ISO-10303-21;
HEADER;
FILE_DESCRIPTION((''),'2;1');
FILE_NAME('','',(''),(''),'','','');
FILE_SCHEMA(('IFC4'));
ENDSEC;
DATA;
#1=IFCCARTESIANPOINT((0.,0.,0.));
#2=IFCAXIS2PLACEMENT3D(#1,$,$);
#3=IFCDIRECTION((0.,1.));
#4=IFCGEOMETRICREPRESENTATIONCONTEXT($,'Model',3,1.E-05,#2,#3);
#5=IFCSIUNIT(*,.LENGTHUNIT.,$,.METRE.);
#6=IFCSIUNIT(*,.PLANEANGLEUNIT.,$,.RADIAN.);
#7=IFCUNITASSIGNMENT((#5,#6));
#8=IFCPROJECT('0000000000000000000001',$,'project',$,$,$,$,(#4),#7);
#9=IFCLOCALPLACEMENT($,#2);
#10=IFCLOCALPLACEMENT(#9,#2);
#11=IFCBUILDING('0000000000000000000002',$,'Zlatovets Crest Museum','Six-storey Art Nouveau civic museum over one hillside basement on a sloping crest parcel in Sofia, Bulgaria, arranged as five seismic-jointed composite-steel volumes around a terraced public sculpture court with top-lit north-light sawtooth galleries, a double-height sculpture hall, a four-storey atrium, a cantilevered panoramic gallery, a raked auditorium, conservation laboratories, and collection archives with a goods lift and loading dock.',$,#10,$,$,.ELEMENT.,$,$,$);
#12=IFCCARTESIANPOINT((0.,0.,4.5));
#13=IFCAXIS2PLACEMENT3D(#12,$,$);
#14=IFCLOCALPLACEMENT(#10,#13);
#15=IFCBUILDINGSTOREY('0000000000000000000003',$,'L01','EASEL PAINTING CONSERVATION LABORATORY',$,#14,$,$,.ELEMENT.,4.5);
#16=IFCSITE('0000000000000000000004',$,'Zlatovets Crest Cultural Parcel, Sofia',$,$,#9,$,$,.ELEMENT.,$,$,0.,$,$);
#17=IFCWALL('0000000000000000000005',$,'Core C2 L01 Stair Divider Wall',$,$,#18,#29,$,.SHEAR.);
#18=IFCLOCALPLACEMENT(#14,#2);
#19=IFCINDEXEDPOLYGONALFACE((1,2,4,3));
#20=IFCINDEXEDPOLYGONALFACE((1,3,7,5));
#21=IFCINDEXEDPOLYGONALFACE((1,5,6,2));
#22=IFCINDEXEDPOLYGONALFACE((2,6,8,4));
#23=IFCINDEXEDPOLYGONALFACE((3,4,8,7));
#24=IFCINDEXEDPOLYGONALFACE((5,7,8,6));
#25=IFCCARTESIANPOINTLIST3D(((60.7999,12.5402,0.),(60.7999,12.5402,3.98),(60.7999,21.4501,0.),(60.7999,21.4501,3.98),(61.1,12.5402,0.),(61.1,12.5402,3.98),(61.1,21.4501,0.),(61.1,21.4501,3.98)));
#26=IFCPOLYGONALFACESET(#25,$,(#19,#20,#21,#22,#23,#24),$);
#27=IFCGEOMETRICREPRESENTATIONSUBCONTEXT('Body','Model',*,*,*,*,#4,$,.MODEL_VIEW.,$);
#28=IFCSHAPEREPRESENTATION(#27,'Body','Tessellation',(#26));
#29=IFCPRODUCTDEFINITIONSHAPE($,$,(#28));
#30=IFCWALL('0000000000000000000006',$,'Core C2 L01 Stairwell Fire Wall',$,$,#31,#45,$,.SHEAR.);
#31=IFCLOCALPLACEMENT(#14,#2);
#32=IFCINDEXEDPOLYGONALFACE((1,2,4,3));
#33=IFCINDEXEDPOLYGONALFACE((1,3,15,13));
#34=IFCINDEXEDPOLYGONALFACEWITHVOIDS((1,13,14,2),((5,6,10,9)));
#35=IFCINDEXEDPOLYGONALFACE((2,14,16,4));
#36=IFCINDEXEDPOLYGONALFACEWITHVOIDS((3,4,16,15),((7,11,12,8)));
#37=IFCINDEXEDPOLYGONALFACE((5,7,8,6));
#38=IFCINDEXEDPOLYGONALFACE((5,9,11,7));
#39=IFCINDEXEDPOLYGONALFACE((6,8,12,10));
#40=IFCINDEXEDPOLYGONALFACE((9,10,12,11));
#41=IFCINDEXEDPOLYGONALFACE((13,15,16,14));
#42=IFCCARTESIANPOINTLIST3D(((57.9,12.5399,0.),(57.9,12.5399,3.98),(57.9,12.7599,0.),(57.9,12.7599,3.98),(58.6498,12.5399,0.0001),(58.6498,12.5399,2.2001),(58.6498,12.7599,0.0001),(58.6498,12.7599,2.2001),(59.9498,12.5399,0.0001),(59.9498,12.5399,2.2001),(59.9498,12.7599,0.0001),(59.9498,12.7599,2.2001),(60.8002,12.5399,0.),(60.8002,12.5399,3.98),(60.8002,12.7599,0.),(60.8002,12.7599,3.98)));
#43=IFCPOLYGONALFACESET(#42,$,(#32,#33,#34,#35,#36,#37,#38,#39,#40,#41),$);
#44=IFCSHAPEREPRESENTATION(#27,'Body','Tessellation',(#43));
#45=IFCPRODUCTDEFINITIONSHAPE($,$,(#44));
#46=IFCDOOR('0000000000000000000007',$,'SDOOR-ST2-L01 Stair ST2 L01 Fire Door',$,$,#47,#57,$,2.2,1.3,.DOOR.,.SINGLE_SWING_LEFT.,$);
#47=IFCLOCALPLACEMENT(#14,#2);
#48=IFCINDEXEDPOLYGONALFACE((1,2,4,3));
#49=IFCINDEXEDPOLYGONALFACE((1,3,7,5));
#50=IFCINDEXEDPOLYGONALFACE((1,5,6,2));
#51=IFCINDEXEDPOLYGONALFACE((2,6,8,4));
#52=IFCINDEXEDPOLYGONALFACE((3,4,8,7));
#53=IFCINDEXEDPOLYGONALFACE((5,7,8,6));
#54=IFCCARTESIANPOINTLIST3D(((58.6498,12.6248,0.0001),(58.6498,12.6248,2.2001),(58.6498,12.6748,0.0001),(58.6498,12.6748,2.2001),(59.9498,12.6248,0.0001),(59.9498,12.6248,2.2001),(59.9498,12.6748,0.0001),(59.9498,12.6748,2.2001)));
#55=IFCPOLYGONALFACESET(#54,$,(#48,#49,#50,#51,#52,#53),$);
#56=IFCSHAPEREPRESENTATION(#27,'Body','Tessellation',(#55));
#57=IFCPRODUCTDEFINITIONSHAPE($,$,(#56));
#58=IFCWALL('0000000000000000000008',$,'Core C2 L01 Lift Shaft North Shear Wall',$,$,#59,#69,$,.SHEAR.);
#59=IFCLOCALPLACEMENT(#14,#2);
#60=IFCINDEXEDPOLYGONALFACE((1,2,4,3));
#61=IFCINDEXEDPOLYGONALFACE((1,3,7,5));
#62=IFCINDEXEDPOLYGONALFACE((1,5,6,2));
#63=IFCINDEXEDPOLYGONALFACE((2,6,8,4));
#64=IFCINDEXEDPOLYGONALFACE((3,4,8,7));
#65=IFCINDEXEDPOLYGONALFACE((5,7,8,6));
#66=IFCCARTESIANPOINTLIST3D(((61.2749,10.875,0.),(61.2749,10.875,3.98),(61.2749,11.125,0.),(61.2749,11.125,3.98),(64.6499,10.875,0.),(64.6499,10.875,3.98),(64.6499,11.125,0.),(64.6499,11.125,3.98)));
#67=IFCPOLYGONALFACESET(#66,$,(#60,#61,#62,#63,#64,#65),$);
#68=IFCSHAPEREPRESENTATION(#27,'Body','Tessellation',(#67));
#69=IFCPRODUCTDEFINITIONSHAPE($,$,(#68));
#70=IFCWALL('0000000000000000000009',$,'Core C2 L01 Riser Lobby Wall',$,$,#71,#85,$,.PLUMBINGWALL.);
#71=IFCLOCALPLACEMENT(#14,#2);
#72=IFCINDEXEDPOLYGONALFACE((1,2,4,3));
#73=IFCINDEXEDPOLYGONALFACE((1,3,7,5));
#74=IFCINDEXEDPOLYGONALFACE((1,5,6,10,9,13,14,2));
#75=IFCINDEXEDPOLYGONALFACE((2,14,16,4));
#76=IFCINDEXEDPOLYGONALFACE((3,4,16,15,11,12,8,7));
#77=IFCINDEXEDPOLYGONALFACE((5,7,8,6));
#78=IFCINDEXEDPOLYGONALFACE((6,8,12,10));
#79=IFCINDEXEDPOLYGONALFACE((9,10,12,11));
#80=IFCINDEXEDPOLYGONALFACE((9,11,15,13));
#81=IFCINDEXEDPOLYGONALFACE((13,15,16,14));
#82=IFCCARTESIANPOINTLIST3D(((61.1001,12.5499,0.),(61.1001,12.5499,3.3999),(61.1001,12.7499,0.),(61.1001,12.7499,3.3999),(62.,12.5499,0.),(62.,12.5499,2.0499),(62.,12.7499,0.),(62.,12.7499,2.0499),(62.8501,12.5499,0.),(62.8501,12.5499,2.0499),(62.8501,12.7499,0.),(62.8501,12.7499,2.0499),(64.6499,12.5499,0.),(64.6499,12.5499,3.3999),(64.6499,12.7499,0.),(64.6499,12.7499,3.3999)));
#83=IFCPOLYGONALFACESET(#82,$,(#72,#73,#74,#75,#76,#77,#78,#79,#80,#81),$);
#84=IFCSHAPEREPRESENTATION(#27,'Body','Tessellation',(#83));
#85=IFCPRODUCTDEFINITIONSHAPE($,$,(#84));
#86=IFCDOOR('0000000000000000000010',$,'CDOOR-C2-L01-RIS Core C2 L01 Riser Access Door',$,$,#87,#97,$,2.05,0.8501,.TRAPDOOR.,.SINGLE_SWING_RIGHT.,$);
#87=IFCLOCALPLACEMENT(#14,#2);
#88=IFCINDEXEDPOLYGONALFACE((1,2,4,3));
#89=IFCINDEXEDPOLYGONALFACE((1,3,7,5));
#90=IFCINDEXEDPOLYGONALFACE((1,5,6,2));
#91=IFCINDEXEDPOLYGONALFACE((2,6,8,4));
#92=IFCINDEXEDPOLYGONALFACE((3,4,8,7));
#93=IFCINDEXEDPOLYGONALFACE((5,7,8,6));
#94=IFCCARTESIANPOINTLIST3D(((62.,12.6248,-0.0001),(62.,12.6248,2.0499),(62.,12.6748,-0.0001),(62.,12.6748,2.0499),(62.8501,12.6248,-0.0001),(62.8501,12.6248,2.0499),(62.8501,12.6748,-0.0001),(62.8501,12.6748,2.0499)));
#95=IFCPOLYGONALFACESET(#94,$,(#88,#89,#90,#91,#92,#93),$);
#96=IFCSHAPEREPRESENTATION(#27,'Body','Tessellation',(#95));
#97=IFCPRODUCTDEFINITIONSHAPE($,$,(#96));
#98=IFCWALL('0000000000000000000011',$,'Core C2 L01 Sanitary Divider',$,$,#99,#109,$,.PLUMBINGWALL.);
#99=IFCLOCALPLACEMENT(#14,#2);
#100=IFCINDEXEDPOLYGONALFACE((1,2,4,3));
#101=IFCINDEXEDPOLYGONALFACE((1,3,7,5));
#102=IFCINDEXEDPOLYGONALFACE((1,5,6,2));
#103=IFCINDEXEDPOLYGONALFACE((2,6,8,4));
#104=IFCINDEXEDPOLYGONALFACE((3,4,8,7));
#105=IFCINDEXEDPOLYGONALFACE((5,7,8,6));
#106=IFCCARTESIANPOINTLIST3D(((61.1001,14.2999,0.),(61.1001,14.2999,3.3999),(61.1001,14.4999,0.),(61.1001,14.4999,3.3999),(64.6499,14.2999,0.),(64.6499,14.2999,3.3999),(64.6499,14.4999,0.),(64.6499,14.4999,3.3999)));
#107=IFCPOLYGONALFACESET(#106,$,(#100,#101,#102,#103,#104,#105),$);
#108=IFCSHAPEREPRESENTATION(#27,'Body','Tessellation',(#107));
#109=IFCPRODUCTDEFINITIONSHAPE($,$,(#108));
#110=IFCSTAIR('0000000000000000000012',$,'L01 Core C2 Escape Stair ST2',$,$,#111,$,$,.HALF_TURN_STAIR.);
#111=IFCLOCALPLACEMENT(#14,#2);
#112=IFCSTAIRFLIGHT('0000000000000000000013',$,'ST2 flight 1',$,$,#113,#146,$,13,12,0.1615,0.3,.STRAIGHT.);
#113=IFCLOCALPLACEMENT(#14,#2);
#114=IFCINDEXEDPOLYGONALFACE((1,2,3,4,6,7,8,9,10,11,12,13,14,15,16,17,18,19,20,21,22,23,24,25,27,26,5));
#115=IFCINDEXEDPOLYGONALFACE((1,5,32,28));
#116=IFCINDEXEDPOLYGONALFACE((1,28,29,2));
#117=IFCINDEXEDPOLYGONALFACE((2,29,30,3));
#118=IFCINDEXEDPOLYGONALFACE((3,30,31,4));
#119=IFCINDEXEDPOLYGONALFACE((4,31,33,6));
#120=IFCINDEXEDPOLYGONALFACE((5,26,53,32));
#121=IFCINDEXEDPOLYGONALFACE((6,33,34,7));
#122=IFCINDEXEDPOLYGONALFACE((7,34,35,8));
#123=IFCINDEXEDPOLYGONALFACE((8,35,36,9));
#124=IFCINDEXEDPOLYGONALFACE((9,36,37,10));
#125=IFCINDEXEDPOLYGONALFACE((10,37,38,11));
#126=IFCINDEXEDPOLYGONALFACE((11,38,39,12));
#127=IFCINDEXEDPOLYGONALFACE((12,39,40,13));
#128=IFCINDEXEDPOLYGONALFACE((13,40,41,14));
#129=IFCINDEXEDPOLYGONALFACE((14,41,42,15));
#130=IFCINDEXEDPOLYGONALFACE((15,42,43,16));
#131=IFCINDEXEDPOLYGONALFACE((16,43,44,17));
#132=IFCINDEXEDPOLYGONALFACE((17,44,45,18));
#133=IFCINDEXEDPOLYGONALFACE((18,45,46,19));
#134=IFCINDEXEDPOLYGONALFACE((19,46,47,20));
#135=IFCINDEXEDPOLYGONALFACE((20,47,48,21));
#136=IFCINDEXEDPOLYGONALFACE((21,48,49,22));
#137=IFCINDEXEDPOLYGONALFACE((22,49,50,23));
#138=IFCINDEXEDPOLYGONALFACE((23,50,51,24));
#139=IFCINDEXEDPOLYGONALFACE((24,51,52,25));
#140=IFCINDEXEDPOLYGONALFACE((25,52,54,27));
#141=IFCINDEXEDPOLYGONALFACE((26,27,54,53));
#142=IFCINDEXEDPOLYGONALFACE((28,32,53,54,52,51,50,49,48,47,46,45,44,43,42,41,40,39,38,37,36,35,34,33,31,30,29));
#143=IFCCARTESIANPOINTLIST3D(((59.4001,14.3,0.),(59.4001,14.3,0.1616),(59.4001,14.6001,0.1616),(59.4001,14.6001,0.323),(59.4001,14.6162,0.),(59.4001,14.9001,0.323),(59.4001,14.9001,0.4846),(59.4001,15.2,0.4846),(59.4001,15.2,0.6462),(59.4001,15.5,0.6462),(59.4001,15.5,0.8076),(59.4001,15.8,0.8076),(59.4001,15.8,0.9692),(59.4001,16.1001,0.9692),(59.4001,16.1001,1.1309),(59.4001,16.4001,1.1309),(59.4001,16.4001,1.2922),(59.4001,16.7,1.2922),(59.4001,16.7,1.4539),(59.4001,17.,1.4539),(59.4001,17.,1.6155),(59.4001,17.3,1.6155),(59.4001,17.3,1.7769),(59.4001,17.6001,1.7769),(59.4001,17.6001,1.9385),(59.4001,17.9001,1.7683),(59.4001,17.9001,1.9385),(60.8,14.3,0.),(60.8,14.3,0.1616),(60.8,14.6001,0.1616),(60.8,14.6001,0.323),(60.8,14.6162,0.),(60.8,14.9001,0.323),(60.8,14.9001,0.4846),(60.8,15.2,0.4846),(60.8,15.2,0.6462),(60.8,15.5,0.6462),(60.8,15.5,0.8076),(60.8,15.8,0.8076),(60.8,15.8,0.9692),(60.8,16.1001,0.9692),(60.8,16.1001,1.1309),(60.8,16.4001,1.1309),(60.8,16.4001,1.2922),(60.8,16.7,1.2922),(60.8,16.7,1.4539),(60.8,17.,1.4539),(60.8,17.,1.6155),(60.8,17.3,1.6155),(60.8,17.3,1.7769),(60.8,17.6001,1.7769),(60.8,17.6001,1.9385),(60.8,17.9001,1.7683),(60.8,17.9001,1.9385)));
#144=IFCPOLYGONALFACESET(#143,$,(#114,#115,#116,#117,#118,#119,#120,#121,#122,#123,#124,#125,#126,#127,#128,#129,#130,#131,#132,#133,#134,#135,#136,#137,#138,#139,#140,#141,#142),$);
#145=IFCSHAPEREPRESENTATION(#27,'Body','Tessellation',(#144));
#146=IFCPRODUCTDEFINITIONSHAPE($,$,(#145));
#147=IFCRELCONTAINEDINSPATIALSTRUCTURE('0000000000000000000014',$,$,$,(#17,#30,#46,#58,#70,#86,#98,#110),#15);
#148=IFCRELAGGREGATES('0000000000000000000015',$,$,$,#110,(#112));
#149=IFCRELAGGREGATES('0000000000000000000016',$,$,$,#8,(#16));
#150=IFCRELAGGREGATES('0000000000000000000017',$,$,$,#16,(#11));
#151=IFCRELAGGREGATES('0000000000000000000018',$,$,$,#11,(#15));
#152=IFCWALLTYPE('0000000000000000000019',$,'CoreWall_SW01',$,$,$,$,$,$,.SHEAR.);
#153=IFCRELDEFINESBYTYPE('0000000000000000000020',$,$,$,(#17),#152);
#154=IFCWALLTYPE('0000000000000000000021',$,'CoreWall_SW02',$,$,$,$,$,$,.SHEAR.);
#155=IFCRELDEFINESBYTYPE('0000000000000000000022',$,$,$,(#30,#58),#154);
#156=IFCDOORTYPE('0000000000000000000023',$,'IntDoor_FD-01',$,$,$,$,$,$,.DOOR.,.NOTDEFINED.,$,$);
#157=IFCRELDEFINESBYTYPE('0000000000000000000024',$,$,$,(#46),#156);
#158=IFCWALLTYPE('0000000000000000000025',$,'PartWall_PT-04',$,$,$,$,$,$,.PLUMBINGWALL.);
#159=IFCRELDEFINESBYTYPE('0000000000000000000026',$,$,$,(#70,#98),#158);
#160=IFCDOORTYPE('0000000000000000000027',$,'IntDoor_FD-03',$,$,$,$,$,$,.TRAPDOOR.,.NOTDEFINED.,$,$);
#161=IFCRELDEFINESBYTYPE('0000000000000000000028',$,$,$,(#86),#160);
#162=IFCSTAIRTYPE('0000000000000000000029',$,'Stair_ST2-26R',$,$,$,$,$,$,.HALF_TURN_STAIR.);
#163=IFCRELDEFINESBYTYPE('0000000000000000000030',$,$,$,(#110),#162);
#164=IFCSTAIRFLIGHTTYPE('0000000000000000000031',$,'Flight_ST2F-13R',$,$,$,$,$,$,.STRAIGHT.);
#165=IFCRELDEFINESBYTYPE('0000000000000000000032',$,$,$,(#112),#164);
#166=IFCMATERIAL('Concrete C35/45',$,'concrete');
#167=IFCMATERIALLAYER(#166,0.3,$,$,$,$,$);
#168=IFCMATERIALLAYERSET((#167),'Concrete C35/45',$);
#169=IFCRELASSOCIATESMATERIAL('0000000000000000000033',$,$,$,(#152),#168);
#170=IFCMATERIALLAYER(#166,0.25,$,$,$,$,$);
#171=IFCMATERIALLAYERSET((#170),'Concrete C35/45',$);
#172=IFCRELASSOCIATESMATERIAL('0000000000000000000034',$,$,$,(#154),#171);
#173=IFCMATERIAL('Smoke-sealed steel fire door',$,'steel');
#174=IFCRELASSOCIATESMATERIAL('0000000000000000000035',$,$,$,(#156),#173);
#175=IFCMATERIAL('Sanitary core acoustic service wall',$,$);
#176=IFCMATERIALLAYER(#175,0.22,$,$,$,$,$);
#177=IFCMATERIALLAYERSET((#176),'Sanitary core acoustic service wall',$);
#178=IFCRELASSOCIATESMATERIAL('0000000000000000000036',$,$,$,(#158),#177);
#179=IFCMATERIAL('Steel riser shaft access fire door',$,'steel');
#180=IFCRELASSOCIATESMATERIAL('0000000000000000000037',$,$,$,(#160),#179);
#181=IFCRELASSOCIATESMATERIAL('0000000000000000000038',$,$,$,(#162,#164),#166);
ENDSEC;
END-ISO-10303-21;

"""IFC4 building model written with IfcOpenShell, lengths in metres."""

from ifc_helpers import new_model, si_unit, direction, frame, frame_2d, origin, place, context, subcontext, project, spatial, polyline, rectangle, outline, extrude, material, layer, layer_set, type_object, element, fill, aggregate, save


model = new_model("IFC4")

# Units and contexts
model_context = context("Model", 3, precision=1e-05, world=origin(), true_north=direction((0.0, 1.0)))
body_context = subcontext(model_context, "Body", "Model", "MODEL_VIEW")
ifc_project = project(units=[si_unit("LENGTHUNIT", "METRE"), si_unit("PLANEANGLEUNIT", "RADIAN")], contexts=[model_context])

# Site, building, storey
site_placement = place(None, origin())
site = spatial("IfcSite", under=ifc_project, at=site_placement, Name="Zlatovets Crest Cultural Parcel, Sofia", CompositionType="ELEMENT", RefElevation=0.0)
building_placement = place(site_placement, origin())
building = spatial("IfcBuilding", under=site, at=building_placement, Name="Zlatovets Crest Museum", Description="Six-storey Art Nouveau civic museum over one hillside basement on a sloping crest parcel in Sofia, Bulgaria, arranged as five seismic-jointed composite-steel volumes around a terraced public sculpture court with top-lit north-light sawtooth galleries, a double-height sculpture hall, a four-storey atrium, a cantilevered panoramic gallery, a raked auditorium, conservation laboratories, and collection archives with a goods lift and loading dock.", CompositionType="ELEMENT")
storey_placement = place(building_placement, frame((0.0, 0.0, 4.5)))
storey = spatial("IfcBuildingStorey", under=building, at=storey_placement, Name="L01", Description="EASEL PAINTING CONSERVATION LABORATORY", CompositionType="ELEMENT", Elevation=4.5)

# Wall
ifc_material_1 = material(Name="Concrete C35/45", Category="concrete")
ifc_layer_1 = layer(ifc_material_1, 0.3)
ifc_layer_set_1 = layer_set([ifc_layer_1], Name="Concrete C35/45")
wall_type_1 = type_object("IfcWallType", Name="CoreWall_SW01", PredefinedType="SHEAR", material=ifc_layer_set_1)
wall_1_placement = place(storey_placement, frame((60.95, 12.54, 0.0), z_axis=(0.0, 0.0, 1.0), x_axis=(0.0, 1.0, 0.0)))
element("IfcWall", 1, at=wall_1_placement, inside=storey, type_object=wall_type_1, Name="Core C2 L01 Stair Divider Wall", PredefinedType="SHEAR", context=body_context, shape_type="SweptSolid", body=[
    extrude(rectangle(XDim=8.9099, YDim=0.3, at=frame_2d((4.4551, 0.0))), origin(), (0.0, 0.0, 1.0), 3.98),
])

# Wall, opening, door
ifc_layer_2 = layer(ifc_material_1, 0.25)
ifc_layer_set_2 = layer_set([ifc_layer_2], Name="Concrete C35/45")
wall_type_2 = type_object("IfcWallType", Name="CoreWall_SW02", PredefinedType="SHEAR", material=ifc_layer_set_2)
wall_2_placement = place(storey_placement, frame((57.8999, 12.6499, 0.0), z_axis=(0.0, 0.0, 1.0), x_axis=(1.0, 0.0, 0.0)))
wall_2 = element("IfcWall", 2, at=wall_2_placement, inside=storey, type_object=wall_type_2, Name="Core C2 L01 Stairwell Fire Wall", PredefinedType="SHEAR", context=body_context, shape_type="SweptSolid", body=[
    extrude(rectangle(XDim=2.9001, YDim=0.22, at=frame_2d((1.4502, 0.0))), origin(), (0.0, 0.0, 1.0), 3.98),
])
opening_1_placement = place(wall_2_placement, frame((0.75, 0.0, 0.0)))
opening_1 = element("IfcOpeningElement", 3, at=opening_1_placement, cuts=wall_2, PredefinedType="OPENING", context=body_context, shape_type="SweptSolid", body=[
    extrude(rectangle(XDim=1.3, YDim=2.2, at=frame_2d((0.6499, 1.1001))), frame((0.0, 0.1201, 0.0), z_axis=(0.0, -1.0, 0.0), x_axis=(1.0, 0.0, 0.0)), (0.0, 0.0, 1.0), 0.24),
])
ifc_material_2 = material(Name="Smoke-sealed steel fire door", Category="steel")
door_type_1 = type_object("IfcDoorType", Name="IntDoor_FD-01", OperationType="NOTDEFINED", PredefinedType="DOOR", material=ifc_material_2)
door_1_placement = place(opening_1_placement, origin())
door_1 = element("IfcDoor", 4, at=door_1_placement, inside=storey, type_object=door_type_1, Name="SDOOR-ST2-L01 Stair ST2 L01 Fire Door", OperationType="SINGLE_SWING_LEFT", OverallHeight=2.2, OverallWidth=1.3, PredefinedType="DOOR", context=body_context, shape_type="SweptSolid", body=[
    extrude(rectangle(XDim=1.3, YDim=2.2, at=frame_2d((0.6499, 1.1001))), frame((0.0, 0.0249, 0.0), z_axis=(0.0, -1.0, 0.0), x_axis=(1.0, 0.0, 0.0)), (0.0, 0.0, 1.0), 0.05),
])
fill(opening_1, door_1)

# Wall
wall_3_placement = place(storey_placement, frame((61.2749, 11.0, 0.0), z_axis=(0.0, 0.0, 1.0), x_axis=(1.0, 0.0, 0.0)))
element("IfcWall", 5, at=wall_3_placement, inside=storey, type_object=wall_type_2, Name="Core C2 L01 Lift Shaft North Shear Wall", PredefinedType="SHEAR", context=body_context, shape_type="SweptSolid", body=[
    extrude(rectangle(XDim=3.375, YDim=0.25, at=frame_2d((1.6875, 0.0))), origin(), (0.0, 0.0, 1.0), 3.98),
])

# Wall, opening, door
ifc_material_3 = material(Name="Sanitary core acoustic service wall")
ifc_layer_3 = layer(ifc_material_3, 0.22)
ifc_layer_set_3 = layer_set([ifc_layer_3], Name="Sanitary core acoustic service wall")
wall_type_3 = type_object("IfcWallType", Name="PartWall_PT-04", PredefinedType="PLUMBINGWALL", material=ifc_layer_set_3)
wall_4_placement = place(storey_placement, frame((61.1001, 12.6499, 0.0), z_axis=(0.0, 0.0, 1.0), x_axis=(1.0, 0.0, 0.0)))
wall_4 = element("IfcWall", 6, at=wall_4_placement, inside=storey, type_object=wall_type_3, Name="Core C2 L01 Riser Lobby Wall", PredefinedType="PLUMBINGWALL", context=body_context, shape_type="SweptSolid", body=[
    extrude(rectangle(XDim=3.5498, YDim=0.2, at=frame_2d((1.7749, 0.0))), origin(), (0.0, 0.0, 1.0), 3.3999),
])
opening_2_placement = place(wall_4_placement, frame((0.8999, 0.0, 0.0)))
opening_2 = element("IfcOpeningElement", 7, at=opening_2_placement, cuts=wall_4, PredefinedType="OPENING", context=body_context, shape_type="SweptSolid", body=[
    extrude(rectangle(XDim=0.8501, YDim=2.05, at=frame_2d((0.425, 1.0249))), frame((0.0, 0.1099, 0.0), z_axis=(0.0, -1.0, 0.0), x_axis=(1.0, 0.0, 0.0)), (0.0, 0.0, 1.0), 0.22),
])
ifc_material_4 = material(Name="Steel riser shaft access fire door", Category="steel")
door_type_2 = type_object("IfcDoorType", Name="IntDoor_FD-03", OperationType="NOTDEFINED", PredefinedType="TRAPDOOR", material=ifc_material_4)
door_2_placement = place(opening_2_placement, origin())
door_2 = element("IfcDoor", 8, at=door_2_placement, inside=storey, type_object=door_type_2, Name="CDOOR-C2-L01-RIS Core C2 L01 Riser Access Door", OperationType="SINGLE_SWING_RIGHT", OverallHeight=2.05, OverallWidth=0.8501, PredefinedType="TRAPDOOR", context=body_context, shape_type="SweptSolid", body=[
    extrude(rectangle(XDim=0.8501, YDim=2.05, at=frame_2d((0.425, 1.0249))), frame((0.0, 0.0249, 0.0), z_axis=(0.0, -1.0, 0.0), x_axis=(1.0, 0.0, 0.0)), (0.0, 0.0, 1.0), 0.05),
])
fill(opening_2, door_2)

# Wall
wall_5_placement = place(storey_placement, frame((61.1001, 14.3999, 0.0), z_axis=(0.0, 0.0, 1.0), x_axis=(1.0, 0.0, 0.0)))
element("IfcWall", 9, at=wall_5_placement, inside=storey, type_object=wall_type_3, Name="Core C2 L01 Sanitary Divider", PredefinedType="PLUMBINGWALL", context=body_context, shape_type="SweptSolid", body=[
    extrude(rectangle(XDim=3.5498, YDim=0.2, at=frame_2d((1.7749, 0.0))), origin(), (0.0, 0.0, 1.0), 3.3999),
])

# Stair, stair flight
stair_type = type_object("IfcStairType", Name="Stair_ST2-26R", PredefinedType="HALF_TURN_STAIR", material=ifc_material_1)
stair_placement = place(storey_placement, origin())
stair = element("IfcStair", 10, at=stair_placement, inside=storey, type_object=stair_type, Name="L01 Core C2 Escape Stair ST2", PredefinedType="HALF_TURN_STAIR")
stair_flight_type = type_object("IfcStairFlightType", Name="Flight_ST2F-13R", PredefinedType="STRAIGHT", material=ifc_material_1)
stair_flight_placement = place(storey_placement, frame((60.1001, 14.3, 0.0), z_axis=(0.0, 0.0, 1.0), x_axis=(0.0, 1.0, 0.0)))
stair_flight = element("IfcStairFlight", 11, at=stair_flight_placement, type_object=stair_flight_type, Name="ST2 flight 1", NumberOfRisers=13, NumberOfTreads=12, PredefinedType="STRAIGHT", RiserHeight=0.1615, TreadLength=0.3, context=body_context, shape_type="SweptSolid", body=[
    extrude(outline(polyline([(0.0, 0.0), (0.0, 0.1616), (0.3, 0.1616), (0.3, 0.323), (0.6001, 0.323), (0.6001, 0.4846), (0.8999, 0.4846), (0.8999, 0.6462), (1.2, 0.6462), (1.2, 0.8076), (1.5, 0.8076), (1.5, 0.9692), (1.8, 0.9692), (1.8, 1.1309), (2.1001, 1.1309), (2.1001, 1.2922), (2.3999, 1.2922), (2.3999, 1.4539), (2.7, 1.4539), (2.7, 1.6155), (3.0, 1.6155), (3.0, 1.7769), (3.3, 1.7769), (3.3, 1.9385), (3.6001, 1.9385), (3.6001, 2.1001), (3.6001, 1.7683), (0.3162, 0.0), (0.0, 0.0)])), frame((0.0, 0.7, 0.0), z_axis=(0.0, -1.0, 0.0), x_axis=(1.0, 0.0, 0.0)), (0.0, 0.0, 1.0), 1.3999),
])
aggregate(stair, [stair_flight])

save(model, "model.ifc")
